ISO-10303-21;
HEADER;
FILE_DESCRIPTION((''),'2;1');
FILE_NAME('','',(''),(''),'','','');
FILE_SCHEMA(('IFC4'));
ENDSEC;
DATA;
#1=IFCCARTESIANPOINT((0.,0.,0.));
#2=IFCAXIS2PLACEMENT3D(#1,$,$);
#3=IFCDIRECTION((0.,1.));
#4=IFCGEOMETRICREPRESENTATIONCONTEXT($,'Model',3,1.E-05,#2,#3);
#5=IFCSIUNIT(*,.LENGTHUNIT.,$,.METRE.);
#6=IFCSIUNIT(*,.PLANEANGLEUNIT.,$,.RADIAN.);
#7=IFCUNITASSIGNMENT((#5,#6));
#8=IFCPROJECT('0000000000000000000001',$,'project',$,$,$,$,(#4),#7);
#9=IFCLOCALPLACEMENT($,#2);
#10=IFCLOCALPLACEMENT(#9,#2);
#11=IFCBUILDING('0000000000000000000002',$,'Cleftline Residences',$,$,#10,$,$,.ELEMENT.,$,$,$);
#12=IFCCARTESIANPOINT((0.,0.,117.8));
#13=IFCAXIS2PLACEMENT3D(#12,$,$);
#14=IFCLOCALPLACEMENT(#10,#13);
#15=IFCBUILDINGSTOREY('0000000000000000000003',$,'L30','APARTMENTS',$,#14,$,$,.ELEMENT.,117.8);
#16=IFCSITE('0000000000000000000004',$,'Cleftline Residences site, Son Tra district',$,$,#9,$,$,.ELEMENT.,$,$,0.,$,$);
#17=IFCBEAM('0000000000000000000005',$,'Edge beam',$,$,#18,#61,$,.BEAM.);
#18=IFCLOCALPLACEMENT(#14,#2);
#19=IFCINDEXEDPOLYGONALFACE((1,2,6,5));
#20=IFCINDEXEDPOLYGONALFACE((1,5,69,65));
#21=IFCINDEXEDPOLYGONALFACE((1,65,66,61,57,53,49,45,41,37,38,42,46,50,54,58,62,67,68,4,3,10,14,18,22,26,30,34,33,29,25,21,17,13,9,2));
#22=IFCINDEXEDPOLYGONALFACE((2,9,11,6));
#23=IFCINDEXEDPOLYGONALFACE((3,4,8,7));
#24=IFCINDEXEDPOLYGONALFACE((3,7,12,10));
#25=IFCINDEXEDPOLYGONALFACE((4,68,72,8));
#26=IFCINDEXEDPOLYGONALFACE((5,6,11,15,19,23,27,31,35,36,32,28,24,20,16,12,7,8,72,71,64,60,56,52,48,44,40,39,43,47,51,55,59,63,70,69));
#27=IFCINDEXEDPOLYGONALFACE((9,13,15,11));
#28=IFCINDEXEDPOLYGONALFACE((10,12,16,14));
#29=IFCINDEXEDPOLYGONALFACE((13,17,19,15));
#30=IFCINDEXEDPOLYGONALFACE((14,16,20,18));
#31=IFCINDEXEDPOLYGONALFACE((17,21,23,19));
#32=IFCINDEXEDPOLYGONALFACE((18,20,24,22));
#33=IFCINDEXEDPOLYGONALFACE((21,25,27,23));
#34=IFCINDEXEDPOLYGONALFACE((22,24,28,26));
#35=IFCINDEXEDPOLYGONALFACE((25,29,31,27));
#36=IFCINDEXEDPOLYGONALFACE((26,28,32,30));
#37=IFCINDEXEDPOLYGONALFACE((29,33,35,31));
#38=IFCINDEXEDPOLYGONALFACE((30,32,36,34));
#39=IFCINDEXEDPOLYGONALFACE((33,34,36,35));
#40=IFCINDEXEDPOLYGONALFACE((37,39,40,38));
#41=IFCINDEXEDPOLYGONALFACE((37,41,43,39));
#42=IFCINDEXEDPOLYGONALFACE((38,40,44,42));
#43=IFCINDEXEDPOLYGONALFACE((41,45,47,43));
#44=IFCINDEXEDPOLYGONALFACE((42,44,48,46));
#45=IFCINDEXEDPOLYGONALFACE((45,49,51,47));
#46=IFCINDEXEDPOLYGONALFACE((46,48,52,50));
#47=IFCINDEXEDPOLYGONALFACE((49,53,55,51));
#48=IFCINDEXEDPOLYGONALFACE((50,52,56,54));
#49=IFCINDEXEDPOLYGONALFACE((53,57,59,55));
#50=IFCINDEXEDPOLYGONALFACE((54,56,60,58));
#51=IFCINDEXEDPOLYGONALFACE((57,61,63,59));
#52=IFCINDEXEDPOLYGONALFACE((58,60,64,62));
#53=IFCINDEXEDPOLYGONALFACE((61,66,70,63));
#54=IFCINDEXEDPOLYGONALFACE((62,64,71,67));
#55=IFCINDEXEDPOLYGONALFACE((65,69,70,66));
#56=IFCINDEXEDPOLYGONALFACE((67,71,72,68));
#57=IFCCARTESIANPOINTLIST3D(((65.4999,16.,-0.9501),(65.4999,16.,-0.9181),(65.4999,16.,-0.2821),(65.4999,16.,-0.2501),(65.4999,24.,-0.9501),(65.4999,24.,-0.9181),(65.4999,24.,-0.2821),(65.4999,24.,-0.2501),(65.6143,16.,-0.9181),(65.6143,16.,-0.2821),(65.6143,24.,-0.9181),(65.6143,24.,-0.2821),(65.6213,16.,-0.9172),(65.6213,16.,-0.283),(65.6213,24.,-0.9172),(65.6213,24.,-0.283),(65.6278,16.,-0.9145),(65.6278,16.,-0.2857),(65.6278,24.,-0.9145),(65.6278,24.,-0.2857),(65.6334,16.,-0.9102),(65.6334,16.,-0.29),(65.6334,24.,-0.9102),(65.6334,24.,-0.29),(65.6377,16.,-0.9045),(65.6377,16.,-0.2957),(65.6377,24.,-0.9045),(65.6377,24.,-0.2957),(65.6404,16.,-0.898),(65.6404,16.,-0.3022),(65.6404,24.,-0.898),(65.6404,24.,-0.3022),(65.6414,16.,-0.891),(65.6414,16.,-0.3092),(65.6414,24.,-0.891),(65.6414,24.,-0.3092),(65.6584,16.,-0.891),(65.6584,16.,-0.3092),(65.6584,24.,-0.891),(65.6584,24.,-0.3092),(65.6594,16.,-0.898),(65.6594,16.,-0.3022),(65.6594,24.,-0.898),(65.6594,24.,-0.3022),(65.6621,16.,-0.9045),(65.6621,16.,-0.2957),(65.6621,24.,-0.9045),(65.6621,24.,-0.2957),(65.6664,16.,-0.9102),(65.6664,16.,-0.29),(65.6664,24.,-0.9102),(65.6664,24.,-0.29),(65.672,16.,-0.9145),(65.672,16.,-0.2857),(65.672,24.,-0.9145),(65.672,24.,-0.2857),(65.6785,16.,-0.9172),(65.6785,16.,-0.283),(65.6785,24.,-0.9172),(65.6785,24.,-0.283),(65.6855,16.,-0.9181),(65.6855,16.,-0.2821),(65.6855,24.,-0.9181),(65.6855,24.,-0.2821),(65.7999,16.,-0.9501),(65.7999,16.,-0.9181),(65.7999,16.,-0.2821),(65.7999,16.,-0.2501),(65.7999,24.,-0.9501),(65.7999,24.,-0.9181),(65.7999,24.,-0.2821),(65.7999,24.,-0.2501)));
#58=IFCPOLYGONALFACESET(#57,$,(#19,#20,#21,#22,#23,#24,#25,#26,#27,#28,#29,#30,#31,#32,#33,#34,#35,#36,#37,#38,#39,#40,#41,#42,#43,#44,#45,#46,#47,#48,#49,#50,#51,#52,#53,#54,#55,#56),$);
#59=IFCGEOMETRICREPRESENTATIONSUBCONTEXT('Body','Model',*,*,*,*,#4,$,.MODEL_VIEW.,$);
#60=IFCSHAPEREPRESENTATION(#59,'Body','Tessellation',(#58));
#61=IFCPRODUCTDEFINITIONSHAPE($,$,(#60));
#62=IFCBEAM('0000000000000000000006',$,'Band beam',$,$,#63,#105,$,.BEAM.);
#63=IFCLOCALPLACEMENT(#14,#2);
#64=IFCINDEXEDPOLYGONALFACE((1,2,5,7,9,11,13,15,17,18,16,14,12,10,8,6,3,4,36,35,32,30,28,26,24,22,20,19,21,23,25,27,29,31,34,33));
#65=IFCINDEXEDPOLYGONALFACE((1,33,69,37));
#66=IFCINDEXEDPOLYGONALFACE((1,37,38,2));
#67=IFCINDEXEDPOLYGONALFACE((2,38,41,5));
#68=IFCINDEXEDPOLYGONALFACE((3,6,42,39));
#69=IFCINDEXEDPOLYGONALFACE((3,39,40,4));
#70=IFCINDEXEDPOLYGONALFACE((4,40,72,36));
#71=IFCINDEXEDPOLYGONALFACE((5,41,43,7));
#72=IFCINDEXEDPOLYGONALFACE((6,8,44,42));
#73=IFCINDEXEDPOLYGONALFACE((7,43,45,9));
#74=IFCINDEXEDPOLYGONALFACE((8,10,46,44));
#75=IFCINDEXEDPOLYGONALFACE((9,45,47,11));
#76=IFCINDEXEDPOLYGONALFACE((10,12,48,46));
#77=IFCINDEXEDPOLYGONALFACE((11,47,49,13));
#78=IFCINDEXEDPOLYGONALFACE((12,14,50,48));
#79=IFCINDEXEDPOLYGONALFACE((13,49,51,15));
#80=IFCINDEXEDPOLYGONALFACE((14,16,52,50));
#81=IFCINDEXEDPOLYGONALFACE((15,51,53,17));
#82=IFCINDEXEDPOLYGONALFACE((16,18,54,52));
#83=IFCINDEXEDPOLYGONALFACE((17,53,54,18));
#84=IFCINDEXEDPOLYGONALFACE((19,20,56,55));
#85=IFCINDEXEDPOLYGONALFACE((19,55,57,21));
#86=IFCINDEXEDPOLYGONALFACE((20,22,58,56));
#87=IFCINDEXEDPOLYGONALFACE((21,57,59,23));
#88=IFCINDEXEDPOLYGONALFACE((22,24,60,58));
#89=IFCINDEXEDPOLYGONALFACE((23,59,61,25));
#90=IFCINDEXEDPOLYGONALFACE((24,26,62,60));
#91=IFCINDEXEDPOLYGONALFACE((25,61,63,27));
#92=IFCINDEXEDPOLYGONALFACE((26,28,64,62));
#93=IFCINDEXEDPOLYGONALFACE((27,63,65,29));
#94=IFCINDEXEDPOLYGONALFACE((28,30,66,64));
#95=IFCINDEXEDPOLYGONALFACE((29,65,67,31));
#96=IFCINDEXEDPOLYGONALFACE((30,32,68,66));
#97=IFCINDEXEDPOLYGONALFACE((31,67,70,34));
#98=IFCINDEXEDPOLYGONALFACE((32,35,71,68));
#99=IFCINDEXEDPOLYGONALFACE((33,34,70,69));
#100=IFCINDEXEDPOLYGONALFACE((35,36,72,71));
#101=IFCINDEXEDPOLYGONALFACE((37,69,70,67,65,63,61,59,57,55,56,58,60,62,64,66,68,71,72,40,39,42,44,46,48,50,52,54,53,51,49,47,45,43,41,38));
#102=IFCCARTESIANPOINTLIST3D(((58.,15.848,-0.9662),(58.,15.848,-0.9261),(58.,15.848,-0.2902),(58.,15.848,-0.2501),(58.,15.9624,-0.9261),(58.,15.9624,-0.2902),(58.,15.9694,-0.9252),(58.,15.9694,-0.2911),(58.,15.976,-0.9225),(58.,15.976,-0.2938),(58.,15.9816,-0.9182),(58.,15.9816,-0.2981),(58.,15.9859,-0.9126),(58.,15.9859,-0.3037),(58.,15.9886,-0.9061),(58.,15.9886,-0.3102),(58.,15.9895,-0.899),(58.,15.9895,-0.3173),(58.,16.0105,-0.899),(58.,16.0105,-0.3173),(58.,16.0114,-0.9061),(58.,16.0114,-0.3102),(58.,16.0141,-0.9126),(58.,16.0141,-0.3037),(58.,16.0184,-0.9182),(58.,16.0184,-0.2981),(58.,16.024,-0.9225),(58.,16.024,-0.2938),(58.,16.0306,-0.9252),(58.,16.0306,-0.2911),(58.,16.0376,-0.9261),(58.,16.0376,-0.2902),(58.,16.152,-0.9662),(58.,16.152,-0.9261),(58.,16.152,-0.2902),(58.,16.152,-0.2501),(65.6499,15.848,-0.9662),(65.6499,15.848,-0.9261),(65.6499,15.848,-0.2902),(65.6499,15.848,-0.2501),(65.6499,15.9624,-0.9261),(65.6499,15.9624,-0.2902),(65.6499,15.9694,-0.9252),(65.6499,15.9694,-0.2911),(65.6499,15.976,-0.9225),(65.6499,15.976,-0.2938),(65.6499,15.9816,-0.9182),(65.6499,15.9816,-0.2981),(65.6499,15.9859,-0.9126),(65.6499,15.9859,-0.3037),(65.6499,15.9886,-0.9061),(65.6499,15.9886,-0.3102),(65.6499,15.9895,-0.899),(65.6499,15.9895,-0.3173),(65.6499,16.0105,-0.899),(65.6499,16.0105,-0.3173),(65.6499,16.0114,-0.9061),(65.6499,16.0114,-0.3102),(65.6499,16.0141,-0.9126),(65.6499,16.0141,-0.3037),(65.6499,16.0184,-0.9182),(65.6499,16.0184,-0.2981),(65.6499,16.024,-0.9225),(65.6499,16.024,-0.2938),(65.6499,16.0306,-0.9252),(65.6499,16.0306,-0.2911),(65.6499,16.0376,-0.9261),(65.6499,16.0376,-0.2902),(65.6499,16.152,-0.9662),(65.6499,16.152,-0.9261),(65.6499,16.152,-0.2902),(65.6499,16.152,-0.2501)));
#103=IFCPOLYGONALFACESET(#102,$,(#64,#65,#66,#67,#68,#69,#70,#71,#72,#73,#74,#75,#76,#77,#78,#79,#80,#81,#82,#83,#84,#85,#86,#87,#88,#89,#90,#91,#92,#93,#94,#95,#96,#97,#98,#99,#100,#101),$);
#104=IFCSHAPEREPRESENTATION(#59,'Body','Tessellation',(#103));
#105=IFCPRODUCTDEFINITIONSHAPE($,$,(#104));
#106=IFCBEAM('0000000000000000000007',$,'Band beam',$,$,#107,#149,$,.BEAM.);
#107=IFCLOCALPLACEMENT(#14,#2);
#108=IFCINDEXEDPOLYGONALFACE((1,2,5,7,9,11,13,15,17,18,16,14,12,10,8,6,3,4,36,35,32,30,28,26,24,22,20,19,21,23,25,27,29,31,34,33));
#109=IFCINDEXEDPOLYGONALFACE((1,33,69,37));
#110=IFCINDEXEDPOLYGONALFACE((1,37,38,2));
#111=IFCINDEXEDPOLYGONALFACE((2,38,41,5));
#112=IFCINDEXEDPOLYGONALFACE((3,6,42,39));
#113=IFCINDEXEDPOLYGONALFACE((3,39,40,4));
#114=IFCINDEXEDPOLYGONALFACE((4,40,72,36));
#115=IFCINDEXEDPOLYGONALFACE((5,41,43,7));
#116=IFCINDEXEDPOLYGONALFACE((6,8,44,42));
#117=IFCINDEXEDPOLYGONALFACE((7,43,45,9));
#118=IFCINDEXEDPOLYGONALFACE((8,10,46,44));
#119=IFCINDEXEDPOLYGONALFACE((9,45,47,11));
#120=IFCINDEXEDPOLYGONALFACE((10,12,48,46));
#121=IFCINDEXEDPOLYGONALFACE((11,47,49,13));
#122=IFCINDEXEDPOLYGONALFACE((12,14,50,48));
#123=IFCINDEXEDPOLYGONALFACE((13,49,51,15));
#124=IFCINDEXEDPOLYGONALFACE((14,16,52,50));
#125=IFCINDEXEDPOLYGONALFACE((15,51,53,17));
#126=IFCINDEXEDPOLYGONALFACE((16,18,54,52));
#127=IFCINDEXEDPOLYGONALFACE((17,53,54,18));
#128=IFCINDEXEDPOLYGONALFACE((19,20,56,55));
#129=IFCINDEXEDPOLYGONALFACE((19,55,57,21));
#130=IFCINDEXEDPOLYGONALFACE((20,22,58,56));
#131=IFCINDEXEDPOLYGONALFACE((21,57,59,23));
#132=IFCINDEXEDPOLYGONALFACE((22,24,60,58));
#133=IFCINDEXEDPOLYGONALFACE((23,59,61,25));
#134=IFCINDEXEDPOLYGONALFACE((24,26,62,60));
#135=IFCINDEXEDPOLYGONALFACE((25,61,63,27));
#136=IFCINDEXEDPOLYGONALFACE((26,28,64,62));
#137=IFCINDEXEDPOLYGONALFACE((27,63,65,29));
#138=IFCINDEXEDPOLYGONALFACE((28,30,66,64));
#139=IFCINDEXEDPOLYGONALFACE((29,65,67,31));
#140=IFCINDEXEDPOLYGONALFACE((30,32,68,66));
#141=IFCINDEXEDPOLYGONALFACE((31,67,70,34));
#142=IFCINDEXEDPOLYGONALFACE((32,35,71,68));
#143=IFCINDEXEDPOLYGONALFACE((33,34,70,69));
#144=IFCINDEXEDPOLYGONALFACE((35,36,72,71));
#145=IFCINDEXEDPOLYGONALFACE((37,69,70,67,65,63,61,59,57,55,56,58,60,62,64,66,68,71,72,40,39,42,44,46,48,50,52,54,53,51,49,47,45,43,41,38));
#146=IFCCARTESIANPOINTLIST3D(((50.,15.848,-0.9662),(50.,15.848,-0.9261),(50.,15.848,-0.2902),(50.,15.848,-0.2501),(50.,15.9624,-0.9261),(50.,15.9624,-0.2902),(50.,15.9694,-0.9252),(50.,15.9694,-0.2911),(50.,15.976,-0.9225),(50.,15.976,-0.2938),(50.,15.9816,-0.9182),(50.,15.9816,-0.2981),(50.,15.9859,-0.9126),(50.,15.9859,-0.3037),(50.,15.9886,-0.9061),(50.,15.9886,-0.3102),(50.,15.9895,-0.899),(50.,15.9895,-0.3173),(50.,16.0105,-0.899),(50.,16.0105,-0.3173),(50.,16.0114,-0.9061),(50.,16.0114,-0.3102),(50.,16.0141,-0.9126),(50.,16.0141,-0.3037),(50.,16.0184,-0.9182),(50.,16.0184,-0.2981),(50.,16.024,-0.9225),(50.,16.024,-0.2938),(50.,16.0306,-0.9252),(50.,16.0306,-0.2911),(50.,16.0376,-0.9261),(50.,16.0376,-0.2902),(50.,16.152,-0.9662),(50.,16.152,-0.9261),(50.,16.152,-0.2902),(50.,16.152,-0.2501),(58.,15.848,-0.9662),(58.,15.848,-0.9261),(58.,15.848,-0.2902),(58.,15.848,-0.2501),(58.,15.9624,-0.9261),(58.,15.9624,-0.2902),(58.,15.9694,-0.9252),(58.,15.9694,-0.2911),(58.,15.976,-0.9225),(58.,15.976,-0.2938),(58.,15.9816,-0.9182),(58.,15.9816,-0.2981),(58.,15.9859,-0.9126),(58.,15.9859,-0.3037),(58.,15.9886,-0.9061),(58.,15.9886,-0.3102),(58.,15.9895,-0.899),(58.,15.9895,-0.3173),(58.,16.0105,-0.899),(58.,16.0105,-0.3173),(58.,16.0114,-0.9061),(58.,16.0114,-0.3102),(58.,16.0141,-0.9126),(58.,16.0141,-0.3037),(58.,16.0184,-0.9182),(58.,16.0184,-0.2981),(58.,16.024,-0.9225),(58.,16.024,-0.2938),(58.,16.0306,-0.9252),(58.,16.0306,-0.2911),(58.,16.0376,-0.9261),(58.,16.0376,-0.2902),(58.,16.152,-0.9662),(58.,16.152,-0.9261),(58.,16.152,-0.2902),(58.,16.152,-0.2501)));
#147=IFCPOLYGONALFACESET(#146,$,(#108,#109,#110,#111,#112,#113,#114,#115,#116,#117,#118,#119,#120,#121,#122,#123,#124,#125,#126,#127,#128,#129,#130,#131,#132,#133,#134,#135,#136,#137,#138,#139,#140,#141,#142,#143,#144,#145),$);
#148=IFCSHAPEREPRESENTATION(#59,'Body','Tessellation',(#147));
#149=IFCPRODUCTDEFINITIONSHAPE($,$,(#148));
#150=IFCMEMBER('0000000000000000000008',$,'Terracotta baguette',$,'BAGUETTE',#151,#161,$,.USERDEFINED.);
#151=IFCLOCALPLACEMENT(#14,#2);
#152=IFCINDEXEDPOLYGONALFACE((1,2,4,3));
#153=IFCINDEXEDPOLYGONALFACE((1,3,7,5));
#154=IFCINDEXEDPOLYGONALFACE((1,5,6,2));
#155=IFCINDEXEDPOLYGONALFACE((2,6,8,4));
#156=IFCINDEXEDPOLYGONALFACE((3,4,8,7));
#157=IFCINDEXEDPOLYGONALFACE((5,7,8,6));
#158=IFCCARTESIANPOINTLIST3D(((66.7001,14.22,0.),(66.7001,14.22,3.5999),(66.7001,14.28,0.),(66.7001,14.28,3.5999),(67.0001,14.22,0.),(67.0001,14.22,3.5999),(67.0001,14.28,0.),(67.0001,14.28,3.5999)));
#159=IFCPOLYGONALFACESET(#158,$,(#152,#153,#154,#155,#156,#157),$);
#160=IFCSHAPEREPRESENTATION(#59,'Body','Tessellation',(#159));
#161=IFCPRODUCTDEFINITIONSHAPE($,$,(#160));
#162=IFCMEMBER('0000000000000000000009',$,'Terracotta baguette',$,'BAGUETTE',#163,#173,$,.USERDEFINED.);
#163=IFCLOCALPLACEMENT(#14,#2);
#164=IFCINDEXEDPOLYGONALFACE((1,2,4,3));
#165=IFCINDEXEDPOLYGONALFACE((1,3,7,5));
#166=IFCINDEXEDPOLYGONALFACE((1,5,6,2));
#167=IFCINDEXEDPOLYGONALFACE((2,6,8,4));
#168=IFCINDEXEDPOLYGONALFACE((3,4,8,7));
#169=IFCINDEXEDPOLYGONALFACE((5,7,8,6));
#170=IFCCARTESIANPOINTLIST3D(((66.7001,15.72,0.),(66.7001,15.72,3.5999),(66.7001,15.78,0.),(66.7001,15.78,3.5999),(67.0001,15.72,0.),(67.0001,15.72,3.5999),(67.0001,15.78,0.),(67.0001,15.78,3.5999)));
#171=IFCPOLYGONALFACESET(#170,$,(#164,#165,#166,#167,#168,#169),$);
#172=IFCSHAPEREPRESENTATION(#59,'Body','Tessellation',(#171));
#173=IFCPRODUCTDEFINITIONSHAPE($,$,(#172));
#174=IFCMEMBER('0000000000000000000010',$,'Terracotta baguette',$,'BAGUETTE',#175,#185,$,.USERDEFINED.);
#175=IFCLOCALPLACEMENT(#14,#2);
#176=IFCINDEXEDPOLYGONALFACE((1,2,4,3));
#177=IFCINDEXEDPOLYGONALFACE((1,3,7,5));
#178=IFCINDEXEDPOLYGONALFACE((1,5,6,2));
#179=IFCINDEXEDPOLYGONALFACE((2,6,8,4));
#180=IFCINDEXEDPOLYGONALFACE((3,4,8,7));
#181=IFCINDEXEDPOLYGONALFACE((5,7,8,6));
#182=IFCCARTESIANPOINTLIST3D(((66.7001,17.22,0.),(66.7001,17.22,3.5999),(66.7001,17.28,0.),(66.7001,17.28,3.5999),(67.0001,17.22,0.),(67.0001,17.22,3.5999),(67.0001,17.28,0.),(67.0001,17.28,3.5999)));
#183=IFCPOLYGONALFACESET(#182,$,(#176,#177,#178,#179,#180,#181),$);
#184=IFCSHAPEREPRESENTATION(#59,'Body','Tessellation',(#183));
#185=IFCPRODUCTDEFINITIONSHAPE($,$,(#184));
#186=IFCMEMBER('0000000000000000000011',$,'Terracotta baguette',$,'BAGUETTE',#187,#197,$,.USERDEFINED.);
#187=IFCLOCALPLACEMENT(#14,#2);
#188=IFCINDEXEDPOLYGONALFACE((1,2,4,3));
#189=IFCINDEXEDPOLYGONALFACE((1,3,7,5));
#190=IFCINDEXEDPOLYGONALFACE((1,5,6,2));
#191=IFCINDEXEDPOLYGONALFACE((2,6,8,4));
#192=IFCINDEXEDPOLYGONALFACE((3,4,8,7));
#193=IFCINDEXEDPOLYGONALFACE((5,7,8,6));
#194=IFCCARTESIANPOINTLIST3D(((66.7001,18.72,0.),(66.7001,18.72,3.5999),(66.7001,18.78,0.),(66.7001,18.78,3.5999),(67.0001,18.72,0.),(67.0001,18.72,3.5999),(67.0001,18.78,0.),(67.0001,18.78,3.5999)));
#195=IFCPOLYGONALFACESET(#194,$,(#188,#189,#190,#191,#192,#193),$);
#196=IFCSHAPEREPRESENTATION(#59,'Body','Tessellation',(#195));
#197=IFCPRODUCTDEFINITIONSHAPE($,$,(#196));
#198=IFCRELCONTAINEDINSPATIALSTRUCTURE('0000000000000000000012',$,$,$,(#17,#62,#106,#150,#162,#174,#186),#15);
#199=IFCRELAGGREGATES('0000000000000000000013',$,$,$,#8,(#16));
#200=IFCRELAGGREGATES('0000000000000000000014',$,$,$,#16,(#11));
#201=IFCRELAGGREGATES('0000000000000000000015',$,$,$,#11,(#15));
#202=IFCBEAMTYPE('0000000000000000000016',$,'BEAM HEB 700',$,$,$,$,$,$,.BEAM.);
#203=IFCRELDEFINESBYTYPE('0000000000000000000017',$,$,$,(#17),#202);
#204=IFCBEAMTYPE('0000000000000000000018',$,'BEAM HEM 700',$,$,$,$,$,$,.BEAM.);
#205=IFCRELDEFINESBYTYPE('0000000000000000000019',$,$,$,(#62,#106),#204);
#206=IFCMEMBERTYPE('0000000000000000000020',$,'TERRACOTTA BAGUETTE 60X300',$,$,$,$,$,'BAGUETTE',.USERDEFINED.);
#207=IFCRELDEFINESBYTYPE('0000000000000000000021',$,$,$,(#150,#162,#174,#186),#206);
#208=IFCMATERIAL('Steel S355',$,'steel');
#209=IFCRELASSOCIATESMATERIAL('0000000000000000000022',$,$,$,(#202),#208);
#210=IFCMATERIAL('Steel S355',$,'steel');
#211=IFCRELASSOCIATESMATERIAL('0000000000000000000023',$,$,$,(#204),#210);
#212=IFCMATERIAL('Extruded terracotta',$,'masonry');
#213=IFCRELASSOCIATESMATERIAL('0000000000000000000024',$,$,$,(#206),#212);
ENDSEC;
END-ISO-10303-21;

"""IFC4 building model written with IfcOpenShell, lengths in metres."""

from ifc_helpers import new_model, si_unit, direction, frame, origin, origin_2d, place, context, subcontext, project, spatial, rectangle, i_section, extrude, material, material_profile, profile_set, type_object, element, save


model = new_model("IFC4")

# Units and contexts
model_context = context("Model", 3, precision=1e-05, world=origin(), true_north=direction((0.0, 1.0)))
body_context = subcontext(model_context, "Body", "Model", "MODEL_VIEW")
ifc_project = project(units=[si_unit("LENGTHUNIT", "METRE"), si_unit("PLANEANGLEUNIT", "RADIAN")], contexts=[model_context])

# Site, building, storey
site_placement = place(None, origin())
site = spatial("IfcSite", under=ifc_project, at=site_placement, Name="Cleftline Residences site, Son Tra district", CompositionType="ELEMENT", RefElevation=0.0)
building_placement = place(site_placement, origin())
building = spatial("IfcBuilding", under=site, at=building_placement, Name="Cleftline Residences", CompositionType="ELEMENT")
storey_placement = place(building_placement, frame((0.0, 0.0, 117.8)))
storey = spatial("IfcBuildingStorey", under=building, at=storey_placement, Name="L30", Description="APARTMENTS", CompositionType="ELEMENT", Elevation=117.8)

# Beams
ifc_material_1 = material(Name="Steel S355", Category="steel")
ifc_material_profile_1 = material_profile(ifc_material_1, i_section(OverallWidth=0.3, OverallDepth=0.7, WebThickness=0.0171, FlangeThickness=0.032, FilletRadius=0.0271, at=origin_2d()))
ifc_profile_set_1 = profile_set([ifc_material_profile_1], Name="Steel S355")
beam_type_1 = type_object("IfcBeamType", Name="BEAM HEB 700", PredefinedType="BEAM", material=ifc_profile_set_1)
beam_1_placement = place(storey_placement, frame((65.6499, 16.0, -0.6001), z_axis=(0.0, 1.0, 0.0), x_axis=(-1.0, 0.0, 0.0)))
element("IfcBeam", 1, at=beam_1_placement, inside=storey, type_object=beam_type_1, Name="Edge beam", PredefinedType="BEAM", context=body_context, shape_type="SweptSolid", body=[
    extrude(i_section(OverallWidth=0.3, OverallDepth=0.7, WebThickness=0.0171, FlangeThickness=0.032, FilletRadius=0.0271, at=origin_2d()), origin(), (0.0, 0.0, 1.0), 8.0),
])
ifc_material_2 = material(Name="Steel S355", Category="steel")
ifc_material_profile_2 = material_profile(ifc_material_2, i_section(OverallWidth=0.304, OverallDepth=0.7161, WebThickness=0.021, FlangeThickness=0.04, FilletRadius=0.0271, at=origin_2d()))
ifc_profile_set_2 = profile_set([ifc_material_profile_2], Name="Steel S355")
beam_type_2 = type_object("IfcBeamType", Name="BEAM HEM 700", PredefinedType="BEAM", material=ifc_profile_set_2)
beam_2_placement = place(storey_placement, frame((65.6499, 16.0, -0.6082), z_axis=(-1.0, 0.0, 0.0), x_axis=(0.0, -1.0, 0.0)))
element("IfcBeam", 2, at=beam_2_placement, inside=storey, type_object=beam_type_2, Name="Band beam", PredefinedType="BEAM", context=body_context, shape_type="SweptSolid", body=[
    extrude(i_section(OverallWidth=0.304, OverallDepth=0.7161, WebThickness=0.021, FlangeThickness=0.04, FilletRadius=0.0271, at=origin_2d()), origin(), (0.0, 0.0, 1.0), 7.6499),
])
beam_3_placement = place(storey_placement, frame((58.0, 16.0, -0.6082), z_axis=(-1.0, 0.0, 0.0), x_axis=(0.0, -1.0, 0.0)))
element("IfcBeam", 3, at=beam_3_placement, inside=storey, type_object=beam_type_2, Name="Band beam", PredefinedType="BEAM", context=body_context, shape_type="SweptSolid", body=[
    extrude(i_section(OverallWidth=0.304, OverallDepth=0.7161, WebThickness=0.021, FlangeThickness=0.04, FilletRadius=0.0271, at=origin_2d()), origin(), (0.0, 0.0, 1.0), 8.0),
])

# Members
ifc_material_3 = material(Name="Extruded terracotta", Category="masonry")
ifc_material_profile_3 = material_profile(ifc_material_3, rectangle(XDim=0.0601, YDim=0.3, at=origin_2d()))
ifc_profile_set_3 = profile_set([ifc_material_profile_3], Name="Extruded terracotta")
member_type_1 = type_object("IfcMemberType", Name="TERRACOTTA BAGUETTE 60X300", ElementType="BAGUETTE", PredefinedType="USERDEFINED", material=ifc_profile_set_3)
for number, where, z_axis, x_axis, name in (
    (4, (66.8501, 14.25, 0.0), (0.0, 0.0, 1.0), (0.0, 1.0, 0.0), "Terracotta baguette"),
    (5, (66.8501, 15.75, 0.0), (0.0, 0.0, 1.0), (0.0, 1.0, 0.0), "Terracotta baguette"),
    (6, (66.8501, 17.25, 0.0), (0.0, 0.0, 1.0), (0.0, 1.0, 0.0), "Terracotta baguette"),
    (7, (66.8501, 18.75, 0.0), (0.0, 0.0, 1.0), (0.0, 1.0, 0.0), "Terracotta baguette"),
):
    element("IfcMember", number, at=place(storey_placement, frame(where, z_axis=z_axis, x_axis=x_axis)), inside=storey, type_object=member_type_1, Name=name, ObjectType="BAGUETTE", PredefinedType="USERDEFINED", context=body_context, shape_type="SweptSolid", body=[
        extrude(rectangle(XDim=0.0601, YDim=0.3, at=origin_2d()), origin(), (0.0, 0.0, 1.0), 3.5999),
    ])

save(model, "model.ifc")
